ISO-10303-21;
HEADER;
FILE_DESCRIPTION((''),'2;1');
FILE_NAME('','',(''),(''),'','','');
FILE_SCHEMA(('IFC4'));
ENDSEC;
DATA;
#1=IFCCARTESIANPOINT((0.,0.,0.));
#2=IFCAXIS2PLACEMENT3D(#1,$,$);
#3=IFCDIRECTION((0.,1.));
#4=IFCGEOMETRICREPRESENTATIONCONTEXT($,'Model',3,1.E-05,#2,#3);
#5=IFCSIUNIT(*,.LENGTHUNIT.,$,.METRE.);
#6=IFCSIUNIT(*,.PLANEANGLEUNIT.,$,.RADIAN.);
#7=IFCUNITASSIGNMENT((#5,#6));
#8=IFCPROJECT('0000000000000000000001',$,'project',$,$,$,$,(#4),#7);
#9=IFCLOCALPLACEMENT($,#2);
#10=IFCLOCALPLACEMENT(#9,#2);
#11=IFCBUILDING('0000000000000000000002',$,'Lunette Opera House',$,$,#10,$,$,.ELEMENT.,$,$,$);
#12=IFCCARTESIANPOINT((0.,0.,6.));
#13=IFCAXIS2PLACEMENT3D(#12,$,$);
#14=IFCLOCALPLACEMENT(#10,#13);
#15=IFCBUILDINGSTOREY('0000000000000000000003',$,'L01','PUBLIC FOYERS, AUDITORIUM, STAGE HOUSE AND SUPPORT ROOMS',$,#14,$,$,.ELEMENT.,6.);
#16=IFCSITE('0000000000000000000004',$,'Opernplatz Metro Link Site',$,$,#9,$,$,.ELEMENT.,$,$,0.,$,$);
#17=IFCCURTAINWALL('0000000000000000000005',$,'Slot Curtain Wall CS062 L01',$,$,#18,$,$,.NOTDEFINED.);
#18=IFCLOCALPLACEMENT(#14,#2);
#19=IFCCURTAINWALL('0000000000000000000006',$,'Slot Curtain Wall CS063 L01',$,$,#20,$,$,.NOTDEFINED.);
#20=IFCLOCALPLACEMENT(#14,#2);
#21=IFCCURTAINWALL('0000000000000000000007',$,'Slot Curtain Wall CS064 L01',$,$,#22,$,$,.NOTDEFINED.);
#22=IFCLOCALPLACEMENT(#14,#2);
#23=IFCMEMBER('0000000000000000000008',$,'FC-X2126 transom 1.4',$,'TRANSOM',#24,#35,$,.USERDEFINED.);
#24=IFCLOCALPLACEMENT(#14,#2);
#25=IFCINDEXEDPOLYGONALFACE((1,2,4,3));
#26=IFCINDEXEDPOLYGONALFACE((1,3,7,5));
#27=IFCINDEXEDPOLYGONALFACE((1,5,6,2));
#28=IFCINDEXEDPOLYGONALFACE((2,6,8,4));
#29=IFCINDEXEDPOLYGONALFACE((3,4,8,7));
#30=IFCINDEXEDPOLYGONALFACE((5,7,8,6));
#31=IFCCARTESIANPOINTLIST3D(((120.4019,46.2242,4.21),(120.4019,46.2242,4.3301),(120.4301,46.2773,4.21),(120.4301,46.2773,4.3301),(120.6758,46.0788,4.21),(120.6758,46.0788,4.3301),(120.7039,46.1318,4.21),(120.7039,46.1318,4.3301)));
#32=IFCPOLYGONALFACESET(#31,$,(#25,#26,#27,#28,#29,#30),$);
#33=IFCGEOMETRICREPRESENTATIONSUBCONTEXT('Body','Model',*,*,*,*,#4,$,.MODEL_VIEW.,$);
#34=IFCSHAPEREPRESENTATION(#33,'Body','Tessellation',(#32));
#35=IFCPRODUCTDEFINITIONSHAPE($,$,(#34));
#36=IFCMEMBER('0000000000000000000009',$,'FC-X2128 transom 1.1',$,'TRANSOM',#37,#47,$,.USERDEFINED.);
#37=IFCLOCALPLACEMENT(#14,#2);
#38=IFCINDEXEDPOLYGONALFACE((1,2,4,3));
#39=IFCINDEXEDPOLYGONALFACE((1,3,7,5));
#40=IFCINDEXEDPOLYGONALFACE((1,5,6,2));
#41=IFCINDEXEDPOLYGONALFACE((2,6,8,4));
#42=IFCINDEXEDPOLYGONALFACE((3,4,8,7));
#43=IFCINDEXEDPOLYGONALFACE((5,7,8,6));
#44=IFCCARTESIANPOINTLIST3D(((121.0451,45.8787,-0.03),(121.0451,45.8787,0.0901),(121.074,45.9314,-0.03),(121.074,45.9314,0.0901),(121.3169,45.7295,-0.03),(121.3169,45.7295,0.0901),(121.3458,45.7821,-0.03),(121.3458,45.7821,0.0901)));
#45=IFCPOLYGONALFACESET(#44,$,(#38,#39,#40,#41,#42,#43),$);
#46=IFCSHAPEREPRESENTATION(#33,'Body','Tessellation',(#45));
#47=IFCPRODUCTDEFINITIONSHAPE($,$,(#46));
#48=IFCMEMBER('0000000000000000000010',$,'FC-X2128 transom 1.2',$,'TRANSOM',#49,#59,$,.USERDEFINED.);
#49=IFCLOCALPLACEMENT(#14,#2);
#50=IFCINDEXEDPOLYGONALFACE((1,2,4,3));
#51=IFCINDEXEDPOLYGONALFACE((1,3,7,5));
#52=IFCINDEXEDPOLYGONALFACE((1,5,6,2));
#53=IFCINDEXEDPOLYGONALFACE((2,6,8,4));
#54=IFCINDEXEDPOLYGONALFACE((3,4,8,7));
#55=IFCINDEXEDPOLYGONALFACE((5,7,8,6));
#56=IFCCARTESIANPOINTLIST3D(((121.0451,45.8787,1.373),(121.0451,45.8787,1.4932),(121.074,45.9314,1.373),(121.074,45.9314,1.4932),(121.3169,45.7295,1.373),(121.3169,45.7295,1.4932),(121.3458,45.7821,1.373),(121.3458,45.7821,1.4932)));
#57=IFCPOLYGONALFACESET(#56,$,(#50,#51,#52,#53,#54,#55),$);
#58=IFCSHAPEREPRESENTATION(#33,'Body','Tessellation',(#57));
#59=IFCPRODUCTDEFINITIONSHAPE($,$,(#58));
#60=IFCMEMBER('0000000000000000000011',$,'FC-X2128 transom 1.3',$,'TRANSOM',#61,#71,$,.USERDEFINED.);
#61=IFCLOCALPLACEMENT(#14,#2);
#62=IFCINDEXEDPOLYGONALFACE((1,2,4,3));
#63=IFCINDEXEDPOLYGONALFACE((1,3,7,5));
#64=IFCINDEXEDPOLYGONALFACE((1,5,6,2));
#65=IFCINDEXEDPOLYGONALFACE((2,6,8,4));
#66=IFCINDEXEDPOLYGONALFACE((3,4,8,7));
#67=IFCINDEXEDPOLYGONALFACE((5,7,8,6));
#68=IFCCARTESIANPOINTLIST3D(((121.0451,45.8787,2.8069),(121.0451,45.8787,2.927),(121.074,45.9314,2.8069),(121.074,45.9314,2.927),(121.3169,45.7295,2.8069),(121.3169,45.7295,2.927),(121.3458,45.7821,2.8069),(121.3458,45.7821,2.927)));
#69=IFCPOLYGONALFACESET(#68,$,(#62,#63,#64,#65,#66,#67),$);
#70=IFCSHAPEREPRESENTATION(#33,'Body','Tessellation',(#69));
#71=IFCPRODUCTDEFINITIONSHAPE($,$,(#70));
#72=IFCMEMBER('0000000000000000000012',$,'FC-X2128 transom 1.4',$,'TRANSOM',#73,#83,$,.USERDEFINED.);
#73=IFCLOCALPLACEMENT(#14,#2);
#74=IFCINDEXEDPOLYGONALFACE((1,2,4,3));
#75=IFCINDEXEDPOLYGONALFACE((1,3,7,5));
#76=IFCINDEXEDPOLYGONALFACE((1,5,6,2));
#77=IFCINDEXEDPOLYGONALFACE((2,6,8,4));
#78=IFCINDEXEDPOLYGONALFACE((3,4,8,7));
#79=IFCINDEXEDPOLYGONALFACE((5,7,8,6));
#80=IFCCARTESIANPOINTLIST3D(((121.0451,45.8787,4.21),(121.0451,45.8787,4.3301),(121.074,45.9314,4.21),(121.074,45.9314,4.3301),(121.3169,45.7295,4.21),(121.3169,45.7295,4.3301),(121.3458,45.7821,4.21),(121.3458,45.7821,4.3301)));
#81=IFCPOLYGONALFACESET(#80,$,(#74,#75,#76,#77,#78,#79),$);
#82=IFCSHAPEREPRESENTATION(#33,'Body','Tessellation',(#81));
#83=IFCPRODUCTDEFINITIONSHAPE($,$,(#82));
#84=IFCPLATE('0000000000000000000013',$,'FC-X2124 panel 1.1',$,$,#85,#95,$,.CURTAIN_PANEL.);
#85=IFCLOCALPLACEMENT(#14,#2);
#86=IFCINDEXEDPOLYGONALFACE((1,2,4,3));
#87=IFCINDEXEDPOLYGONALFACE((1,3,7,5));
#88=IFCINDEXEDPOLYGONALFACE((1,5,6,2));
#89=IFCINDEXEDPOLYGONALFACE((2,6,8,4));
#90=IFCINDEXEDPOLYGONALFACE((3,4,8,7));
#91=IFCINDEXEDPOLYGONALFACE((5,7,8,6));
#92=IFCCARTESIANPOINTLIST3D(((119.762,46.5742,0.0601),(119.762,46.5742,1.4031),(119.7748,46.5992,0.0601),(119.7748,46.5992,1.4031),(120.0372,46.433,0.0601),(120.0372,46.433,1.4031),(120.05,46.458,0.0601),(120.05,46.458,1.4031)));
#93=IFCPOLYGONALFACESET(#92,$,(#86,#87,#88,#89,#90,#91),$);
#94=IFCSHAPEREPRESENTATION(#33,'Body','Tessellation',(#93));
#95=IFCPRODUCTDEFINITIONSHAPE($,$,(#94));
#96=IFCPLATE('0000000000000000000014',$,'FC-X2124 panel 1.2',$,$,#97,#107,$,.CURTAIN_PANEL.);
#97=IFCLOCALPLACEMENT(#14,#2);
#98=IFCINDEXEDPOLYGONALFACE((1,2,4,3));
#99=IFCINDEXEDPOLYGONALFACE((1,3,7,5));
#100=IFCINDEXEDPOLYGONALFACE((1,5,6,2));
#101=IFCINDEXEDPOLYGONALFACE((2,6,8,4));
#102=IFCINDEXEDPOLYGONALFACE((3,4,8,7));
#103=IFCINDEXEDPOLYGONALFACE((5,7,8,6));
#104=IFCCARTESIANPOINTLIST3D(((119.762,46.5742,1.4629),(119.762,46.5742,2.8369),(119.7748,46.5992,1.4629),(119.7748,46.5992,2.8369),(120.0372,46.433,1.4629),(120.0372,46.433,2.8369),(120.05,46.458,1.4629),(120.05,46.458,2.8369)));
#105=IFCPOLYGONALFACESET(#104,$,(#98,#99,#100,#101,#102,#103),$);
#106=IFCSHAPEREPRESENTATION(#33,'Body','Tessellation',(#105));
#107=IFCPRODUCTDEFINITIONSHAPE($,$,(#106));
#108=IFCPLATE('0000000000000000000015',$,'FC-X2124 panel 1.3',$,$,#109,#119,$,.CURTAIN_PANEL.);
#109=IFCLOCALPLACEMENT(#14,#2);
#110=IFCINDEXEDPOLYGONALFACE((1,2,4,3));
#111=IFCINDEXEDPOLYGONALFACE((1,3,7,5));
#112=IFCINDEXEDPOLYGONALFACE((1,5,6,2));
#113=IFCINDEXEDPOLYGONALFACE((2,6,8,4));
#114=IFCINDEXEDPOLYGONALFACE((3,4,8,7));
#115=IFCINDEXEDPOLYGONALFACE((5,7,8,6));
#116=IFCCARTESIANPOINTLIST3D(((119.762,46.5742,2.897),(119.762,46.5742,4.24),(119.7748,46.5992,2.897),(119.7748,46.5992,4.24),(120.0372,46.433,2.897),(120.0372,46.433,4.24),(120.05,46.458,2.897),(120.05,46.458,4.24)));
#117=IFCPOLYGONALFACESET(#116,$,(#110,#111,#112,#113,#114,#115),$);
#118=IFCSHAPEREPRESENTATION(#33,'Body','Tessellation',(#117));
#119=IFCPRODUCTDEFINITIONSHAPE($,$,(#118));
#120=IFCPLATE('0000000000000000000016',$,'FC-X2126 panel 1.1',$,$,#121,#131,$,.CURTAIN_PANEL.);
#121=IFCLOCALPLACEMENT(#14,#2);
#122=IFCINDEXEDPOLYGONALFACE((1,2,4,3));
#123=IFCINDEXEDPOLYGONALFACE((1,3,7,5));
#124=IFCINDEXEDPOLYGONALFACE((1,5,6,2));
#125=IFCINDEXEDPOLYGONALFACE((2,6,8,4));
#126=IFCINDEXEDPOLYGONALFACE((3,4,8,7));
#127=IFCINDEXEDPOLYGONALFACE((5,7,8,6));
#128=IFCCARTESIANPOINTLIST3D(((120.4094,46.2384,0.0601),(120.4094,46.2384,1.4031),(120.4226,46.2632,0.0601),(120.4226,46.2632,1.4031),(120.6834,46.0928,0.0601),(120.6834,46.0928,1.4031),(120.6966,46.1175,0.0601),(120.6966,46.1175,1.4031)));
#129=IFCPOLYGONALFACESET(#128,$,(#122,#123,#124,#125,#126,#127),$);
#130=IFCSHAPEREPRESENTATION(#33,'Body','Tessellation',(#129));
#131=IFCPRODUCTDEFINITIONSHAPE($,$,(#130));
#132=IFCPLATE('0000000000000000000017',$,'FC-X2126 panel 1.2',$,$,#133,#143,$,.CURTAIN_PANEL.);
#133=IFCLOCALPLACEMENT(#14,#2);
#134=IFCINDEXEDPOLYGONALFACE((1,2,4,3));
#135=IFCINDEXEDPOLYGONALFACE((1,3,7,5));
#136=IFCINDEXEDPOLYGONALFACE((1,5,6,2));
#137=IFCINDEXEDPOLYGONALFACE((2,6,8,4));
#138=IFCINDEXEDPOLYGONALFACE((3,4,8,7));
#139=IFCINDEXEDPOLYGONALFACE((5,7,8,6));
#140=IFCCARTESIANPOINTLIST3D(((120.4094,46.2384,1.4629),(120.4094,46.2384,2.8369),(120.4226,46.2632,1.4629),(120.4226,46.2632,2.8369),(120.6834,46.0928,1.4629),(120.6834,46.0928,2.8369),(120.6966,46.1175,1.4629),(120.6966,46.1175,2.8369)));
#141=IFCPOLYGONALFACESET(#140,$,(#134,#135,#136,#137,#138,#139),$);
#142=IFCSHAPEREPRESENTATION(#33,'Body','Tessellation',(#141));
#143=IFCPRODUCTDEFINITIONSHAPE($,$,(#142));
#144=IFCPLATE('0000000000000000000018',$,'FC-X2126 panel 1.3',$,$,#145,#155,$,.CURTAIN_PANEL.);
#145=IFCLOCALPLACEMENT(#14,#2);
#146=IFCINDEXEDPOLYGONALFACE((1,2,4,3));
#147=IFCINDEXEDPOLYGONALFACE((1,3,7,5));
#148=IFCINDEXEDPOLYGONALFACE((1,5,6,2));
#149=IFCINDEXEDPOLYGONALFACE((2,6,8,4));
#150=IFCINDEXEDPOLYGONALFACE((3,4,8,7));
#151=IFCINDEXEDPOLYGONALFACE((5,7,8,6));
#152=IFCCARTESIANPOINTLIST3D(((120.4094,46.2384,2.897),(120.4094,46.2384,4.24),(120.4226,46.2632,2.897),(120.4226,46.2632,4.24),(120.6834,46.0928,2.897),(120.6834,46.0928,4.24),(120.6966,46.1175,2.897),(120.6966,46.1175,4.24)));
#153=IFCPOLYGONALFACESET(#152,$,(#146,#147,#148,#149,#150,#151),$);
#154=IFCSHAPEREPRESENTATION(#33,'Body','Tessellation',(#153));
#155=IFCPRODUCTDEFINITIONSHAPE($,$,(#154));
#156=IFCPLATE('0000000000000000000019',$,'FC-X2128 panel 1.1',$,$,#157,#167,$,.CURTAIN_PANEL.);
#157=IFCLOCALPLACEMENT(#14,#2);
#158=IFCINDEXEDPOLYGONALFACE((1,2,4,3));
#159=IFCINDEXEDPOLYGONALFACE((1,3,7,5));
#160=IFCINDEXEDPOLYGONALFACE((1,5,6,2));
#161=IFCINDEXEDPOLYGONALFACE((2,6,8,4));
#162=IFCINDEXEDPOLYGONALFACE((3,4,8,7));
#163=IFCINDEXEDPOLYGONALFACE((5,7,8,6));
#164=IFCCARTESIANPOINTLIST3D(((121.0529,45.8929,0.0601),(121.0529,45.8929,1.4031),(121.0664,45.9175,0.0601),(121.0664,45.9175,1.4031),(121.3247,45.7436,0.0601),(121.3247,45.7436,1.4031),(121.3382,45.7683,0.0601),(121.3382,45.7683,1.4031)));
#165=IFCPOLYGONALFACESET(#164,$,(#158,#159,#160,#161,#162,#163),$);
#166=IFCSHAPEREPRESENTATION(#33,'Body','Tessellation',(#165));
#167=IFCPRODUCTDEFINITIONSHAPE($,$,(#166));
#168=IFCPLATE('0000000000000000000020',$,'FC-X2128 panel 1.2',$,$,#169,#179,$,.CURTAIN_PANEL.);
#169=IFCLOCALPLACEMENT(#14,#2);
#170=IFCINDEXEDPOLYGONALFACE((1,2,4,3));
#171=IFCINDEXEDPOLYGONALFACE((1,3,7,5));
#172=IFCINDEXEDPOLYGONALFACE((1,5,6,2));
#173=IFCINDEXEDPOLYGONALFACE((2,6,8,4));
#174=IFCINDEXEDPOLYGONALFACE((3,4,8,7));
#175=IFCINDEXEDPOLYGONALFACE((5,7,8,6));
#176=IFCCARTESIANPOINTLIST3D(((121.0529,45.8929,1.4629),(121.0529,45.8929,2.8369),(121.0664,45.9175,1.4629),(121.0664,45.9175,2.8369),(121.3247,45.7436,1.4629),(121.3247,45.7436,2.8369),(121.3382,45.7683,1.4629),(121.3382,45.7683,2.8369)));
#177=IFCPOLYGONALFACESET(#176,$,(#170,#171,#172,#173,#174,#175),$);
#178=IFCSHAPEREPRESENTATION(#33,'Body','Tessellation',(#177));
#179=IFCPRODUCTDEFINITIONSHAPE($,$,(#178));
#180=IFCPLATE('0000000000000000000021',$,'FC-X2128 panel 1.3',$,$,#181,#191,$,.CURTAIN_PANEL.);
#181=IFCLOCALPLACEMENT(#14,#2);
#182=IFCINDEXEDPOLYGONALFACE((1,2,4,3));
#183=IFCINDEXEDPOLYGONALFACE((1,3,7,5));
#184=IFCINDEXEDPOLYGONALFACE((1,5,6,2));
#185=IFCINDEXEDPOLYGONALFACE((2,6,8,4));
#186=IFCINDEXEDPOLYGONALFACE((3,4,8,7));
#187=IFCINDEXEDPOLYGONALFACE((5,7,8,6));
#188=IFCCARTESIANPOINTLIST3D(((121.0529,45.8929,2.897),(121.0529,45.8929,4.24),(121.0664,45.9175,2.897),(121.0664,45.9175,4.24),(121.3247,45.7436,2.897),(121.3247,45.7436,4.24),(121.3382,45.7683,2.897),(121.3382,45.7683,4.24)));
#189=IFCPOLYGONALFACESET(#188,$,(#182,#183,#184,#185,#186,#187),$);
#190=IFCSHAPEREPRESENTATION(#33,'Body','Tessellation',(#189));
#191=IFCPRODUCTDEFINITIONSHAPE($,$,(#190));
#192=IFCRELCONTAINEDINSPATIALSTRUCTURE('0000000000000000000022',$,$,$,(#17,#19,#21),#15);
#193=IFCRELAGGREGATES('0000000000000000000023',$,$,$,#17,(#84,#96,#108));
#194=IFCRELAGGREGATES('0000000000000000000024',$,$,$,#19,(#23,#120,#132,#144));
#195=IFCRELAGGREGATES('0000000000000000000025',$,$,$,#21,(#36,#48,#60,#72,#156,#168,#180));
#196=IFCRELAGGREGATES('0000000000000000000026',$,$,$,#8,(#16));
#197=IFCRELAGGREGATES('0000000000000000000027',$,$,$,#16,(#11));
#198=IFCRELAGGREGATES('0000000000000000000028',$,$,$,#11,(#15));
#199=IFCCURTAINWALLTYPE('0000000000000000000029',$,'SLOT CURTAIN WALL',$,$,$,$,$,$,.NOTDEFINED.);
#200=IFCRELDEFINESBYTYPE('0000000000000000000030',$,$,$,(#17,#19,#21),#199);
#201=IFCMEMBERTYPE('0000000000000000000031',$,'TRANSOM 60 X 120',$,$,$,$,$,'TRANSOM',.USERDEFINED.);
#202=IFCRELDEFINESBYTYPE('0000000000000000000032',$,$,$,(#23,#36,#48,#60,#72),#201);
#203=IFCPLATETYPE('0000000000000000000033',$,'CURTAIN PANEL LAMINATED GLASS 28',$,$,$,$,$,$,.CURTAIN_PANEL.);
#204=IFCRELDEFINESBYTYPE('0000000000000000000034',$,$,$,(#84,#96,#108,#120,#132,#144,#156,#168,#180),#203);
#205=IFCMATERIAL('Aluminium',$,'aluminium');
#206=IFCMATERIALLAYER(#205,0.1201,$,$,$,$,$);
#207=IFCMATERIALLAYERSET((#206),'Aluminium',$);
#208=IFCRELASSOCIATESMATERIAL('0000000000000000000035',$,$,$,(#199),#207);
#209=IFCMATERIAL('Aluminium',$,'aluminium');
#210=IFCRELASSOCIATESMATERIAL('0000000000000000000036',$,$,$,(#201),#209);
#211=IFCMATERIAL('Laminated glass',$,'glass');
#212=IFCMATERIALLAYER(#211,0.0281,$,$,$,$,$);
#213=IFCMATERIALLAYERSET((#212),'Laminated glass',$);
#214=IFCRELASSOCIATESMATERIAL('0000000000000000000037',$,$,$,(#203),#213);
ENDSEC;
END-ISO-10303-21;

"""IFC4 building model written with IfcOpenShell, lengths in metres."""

from ifc_helpers import new_model, si_unit, direction, frame, origin, origin_2d, place, context, subcontext, project, spatial, rectangle, extrude, material, layer, layer_set, material_profile, profile_set, type_object, element, aggregate, save


model = new_model("IFC4")

# Units and contexts
model_context = context("Model", 3, precision=1e-05, world=origin(), true_north=direction((0.0, 1.0)))
body_context = subcontext(model_context, "Body", "Model", "MODEL_VIEW")
ifc_project = project(units=[si_unit("LENGTHUNIT", "METRE"), si_unit("PLANEANGLEUNIT", "RADIAN")], contexts=[model_context])

# Site, building, storey
site_placement = place(None, origin())
site = spatial("IfcSite", under=ifc_project, at=site_placement, Name="Opernplatz Metro Link Site", CompositionType="ELEMENT", RefElevation=0.0)
building_placement = place(site_placement, origin())
building = spatial("IfcBuilding", under=site, at=building_placement, Name="Lunette Opera House", CompositionType="ELEMENT")
storey_placement = place(building_placement, frame((0.0, 0.0, 6.0)))
storey = spatial("IfcBuildingStorey", under=building, at=storey_placement, Name="L01", Description="PUBLIC FOYERS, AUDITORIUM, STAGE HOUSE AND SUPPORT ROOMS", CompositionType="ELEMENT", Elevation=6.0)

# Curtain walls
ifc_material_1 = material(Name="Aluminium", Category="aluminium")
ifc_layer_1 = layer(ifc_material_1, 0.1201)
ifc_layer_set_1 = layer_set([ifc_layer_1], Name="Aluminium")
curtain_wall_type = type_object("IfcCurtainWallType", Name="SLOT CURTAIN WALL", PredefinedType="NOTDEFINED", material=ifc_layer_set_1)
curtain_wall_1_placement = place(storey_placement, origin())
curtain_wall_1 = element("IfcCurtainWall", 1, at=curtain_wall_1_placement, inside=storey, type_object=curtain_wall_type, Name="Slot Curtain Wall CS062 L01", PredefinedType="NOTDEFINED")
curtain_wall_2_placement = place(storey_placement, origin())
curtain_wall_2 = element("IfcCurtainWall", 2, at=curtain_wall_2_placement, inside=storey, type_object=curtain_wall_type, Name="Slot Curtain Wall CS063 L01", PredefinedType="NOTDEFINED")

# Curtain wall
curtain_wall_3_placement = place(storey_placement, origin())
curtain_wall_3 = element("IfcCurtainWall", 3, at=curtain_wall_3_placement, inside=storey, type_object=curtain_wall_type, Name="Slot Curtain Wall CS064 L01", PredefinedType="NOTDEFINED")

# Members
ifc_material_2 = material(Name="Aluminium", Category="aluminium")
ifc_material_profile_1 = material_profile(ifc_material_2, rectangle(XDim=0.0601, YDim=0.1201, at=origin_2d()), Name="TRANSOM 60 X 120")
ifc_profile_set_1 = profile_set([ifc_material_profile_1], Name="Aluminium")
member_type_1 = type_object("IfcMemberType", Name="TRANSOM 60 X 120", ElementType="TRANSOM", PredefinedType="USERDEFINED", material=ifc_profile_set_1)
member_1_placement = place(storey_placement, frame((120.416, 46.2507, 4.27), z_axis=(0.883136, -0.469117, 0.0), x_axis=(0.469117, 0.883136, 0.0)))
member_1 = element("IfcMember", 4, at=member_1_placement, type_object=member_type_1, Name="FC-X2126 transom 1.4", ObjectType="TRANSOM", PredefinedType="USERDEFINED", context=body_context, shape_type="SweptSolid", body=[
    extrude(rectangle(XDim=0.0601, YDim=0.1201, at=origin_2d()), origin(), (0.0, 0.0, 1.0), 0.3101),
])
member_2_placement = place(storey_placement, frame((121.0596, 45.905, 0.03), z_axis=(0.876598, -0.481223, 0.0), x_axis=(0.481223, 0.876598, 0.0)))
member_2 = element("IfcMember", 5, at=member_2_placement, type_object=member_type_1, Name="FC-X2128 transom 1.1", ObjectType="TRANSOM", PredefinedType="USERDEFINED", context=body_context, shape_type="SweptSolid", body=[
    extrude(rectangle(XDim=0.0601, YDim=0.1201, at=origin_2d()), origin(), (0.0, 0.0, 1.0), 0.3101),
])
member_3_placement = place(storey_placement, frame((121.0596, 45.905, 1.4331), z_axis=(0.876598, -0.481223, 0.0), x_axis=(0.481223, 0.876598, 0.0)))
member_3 = element("IfcMember", 6, at=member_3_placement, type_object=member_type_1, Name="FC-X2128 transom 1.2", ObjectType="TRANSOM", PredefinedType="USERDEFINED", context=body_context, shape_type="SweptSolid", body=[
    extrude(rectangle(XDim=0.0601, YDim=0.1201, at=origin_2d()), origin(), (0.0, 0.0, 1.0), 0.3101),
])
member_4_placement = place(storey_placement, frame((121.0596, 45.905, 2.8669), z_axis=(0.876598, -0.481223, 0.0), x_axis=(0.481223, 0.876598, 0.0)))
member_4 = element("IfcMember", 7, at=member_4_placement, type_object=member_type_1, Name="FC-X2128 transom 1.3", ObjectType="TRANSOM", PredefinedType="USERDEFINED", context=body_context, shape_type="SweptSolid", body=[
    extrude(rectangle(XDim=0.0601, YDim=0.1201, at=origin_2d()), origin(), (0.0, 0.0, 1.0), 0.3101),
])
member_5_placement = place(storey_placement, frame((121.0596, 45.905, 4.27), z_axis=(0.876598, -0.481223, 0.0), x_axis=(0.481223, 0.876598, 0.0)))
member_5 = element("IfcMember", 8, at=member_5_placement, type_object=member_type_1, Name="FC-X2128 transom 1.4", ObjectType="TRANSOM", PredefinedType="USERDEFINED", context=body_context, shape_type="SweptSolid", body=[
    extrude(rectangle(XDim=0.0601, YDim=0.1201, at=origin_2d()), origin(), (0.0, 0.0, 1.0), 0.3101),
])

# Plates
ifc_material_3 = material(Name="Laminated glass", Category="glass")
ifc_layer_2 = layer(ifc_material_3, 0.0281)
ifc_layer_set_2 = layer_set([ifc_layer_2], Name="Laminated glass")
plate_type = type_object("IfcPlateType", Name="CURTAIN PANEL LAMINATED GLASS 28", PredefinedType="CURTAIN_PANEL", material=ifc_layer_set_2)
plate_1_placement = place(storey_placement, frame((119.906, 46.5161, 0.0601), z_axis=(0.0, 0.0, 1.0), x_axis=(0.88972, -0.456506, 0.0)))
plate_1 = element("IfcPlate", 9, at=plate_1_placement, type_object=plate_type, Name="FC-X2124 panel 1.1", PredefinedType="CURTAIN_PANEL", context=body_context, shape_type="SweptSolid", body=[
    extrude(rectangle(XDim=0.3093, YDim=0.0281, at=origin_2d()), origin(), (0.0, 0.0, 1.0), 1.343),
])
plate_2_placement = place(storey_placement, frame((119.906, 46.5161, 1.4629), z_axis=(0.0, 0.0, 1.0), x_axis=(0.88972, -0.456506, 0.0)))
plate_2 = element("IfcPlate", 10, at=plate_2_placement, type_object=plate_type, Name="FC-X2124 panel 1.2", PredefinedType="CURTAIN_PANEL", context=body_context, shape_type="SweptSolid", body=[
    extrude(rectangle(XDim=0.3093, YDim=0.0281, at=origin_2d()), origin(), (0.0, 0.0, 1.0), 1.374),
])
plate_3_placement = place(storey_placement, frame((119.906, 46.5161, 2.897), z_axis=(0.0, 0.0, 1.0), x_axis=(0.88972, -0.456506, 0.0)))
plate_3 = element("IfcPlate", 11, at=plate_3_placement, type_object=plate_type, Name="FC-X2124 panel 1.3", PredefinedType="CURTAIN_PANEL", context=body_context, shape_type="SweptSolid", body=[
    extrude(rectangle(XDim=0.3093, YDim=0.0281, at=origin_2d()), origin(), (0.0, 0.0, 1.0), 1.343),
])
aggregate(curtain_wall_1, [plate_1, plate_2, plate_3])
plate_4_placement = place(storey_placement, frame((120.553, 46.178, 0.0601), z_axis=(0.0, 0.0, 1.0), x_axis=(0.882995, -0.469382, 0.0)))
plate_4 = element("IfcPlate", 12, at=plate_4_placement, type_object=plate_type, Name="FC-X2126 panel 1.1", PredefinedType="CURTAIN_PANEL", context=body_context, shape_type="SweptSolid", body=[
    extrude(rectangle(XDim=0.3103, YDim=0.0281, at=origin_2d()), origin(), (0.0, 0.0, 1.0), 1.343),
])
plate_5_placement = place(storey_placement, frame((120.553, 46.178, 1.4629), z_axis=(0.0, 0.0, 1.0), x_axis=(0.882995, -0.469382, 0.0)))
plate_5 = element("IfcPlate", 13, at=plate_5_placement, type_object=plate_type, Name="FC-X2126 panel 1.2", PredefinedType="CURTAIN_PANEL", context=body_context, shape_type="SweptSolid", body=[
    extrude(rectangle(XDim=0.3103, YDim=0.0281, at=origin_2d()), origin(), (0.0, 0.0, 1.0), 1.374),
])
plate_6_placement = place(storey_placement, frame((120.553, 46.178, 2.897), z_axis=(0.0, 0.0, 1.0), x_axis=(0.882995, -0.469382, 0.0)))
plate_6 = element("IfcPlate", 14, at=plate_6_placement, type_object=plate_type, Name="FC-X2126 panel 1.3", PredefinedType="CURTAIN_PANEL", context=body_context, shape_type="SweptSolid", body=[
    extrude(rectangle(XDim=0.3103, YDim=0.0281, at=origin_2d()), origin(), (0.0, 0.0, 1.0), 1.343),
])
aggregate(curtain_wall_2, [member_1, plate_4, plate_5, plate_6])
plate_7_placement = place(storey_placement, frame((121.1956, 45.8306, 0.0601), z_axis=(0.0, 0.0, 1.0), x_axis=(0.876559, -0.481294, 0.0)))
plate_7 = element("IfcPlate", 15, at=plate_7_placement, type_object=plate_type, Name="FC-X2128 panel 1.1", PredefinedType="CURTAIN_PANEL", context=body_context, shape_type="SweptSolid", body=[
    extrude(rectangle(XDim=0.3101, YDim=0.0281, at=origin_2d()), origin(), (0.0, 0.0, 1.0), 1.343),
])
plate_8_placement = place(storey_placement, frame((121.1956, 45.8306, 1.4629), z_axis=(0.0, 0.0, 1.0), x_axis=(0.876559, -0.481294, 0.0)))
plate_8 = element("IfcPlate", 16, at=plate_8_placement, type_object=plate_type, Name="FC-X2128 panel 1.2", PredefinedType="CURTAIN_PANEL", context=body_context, shape_type="SweptSolid", body=[
    extrude(rectangle(XDim=0.3101, YDim=0.0281, at=origin_2d()), origin(), (0.0, 0.0, 1.0), 1.374),
])
plate_9_placement = place(storey_placement, frame((121.1956, 45.8306, 2.897), z_axis=(0.0, 0.0, 1.0), x_axis=(0.876559, -0.481294, 0.0)))
plate_9 = element("IfcPlate", 17, at=plate_9_placement, type_object=plate_type, Name="FC-X2128 panel 1.3", PredefinedType="CURTAIN_PANEL", context=body_context, shape_type="SweptSolid", body=[
    extrude(rectangle(XDim=0.3101, YDim=0.0281, at=origin_2d()), origin(), (0.0, 0.0, 1.0), 1.343),
])
aggregate(curtain_wall_3, [member_2, member_3, member_4, member_5, plate_7, plate_8, plate_9])

save(model, "model.ifc")
